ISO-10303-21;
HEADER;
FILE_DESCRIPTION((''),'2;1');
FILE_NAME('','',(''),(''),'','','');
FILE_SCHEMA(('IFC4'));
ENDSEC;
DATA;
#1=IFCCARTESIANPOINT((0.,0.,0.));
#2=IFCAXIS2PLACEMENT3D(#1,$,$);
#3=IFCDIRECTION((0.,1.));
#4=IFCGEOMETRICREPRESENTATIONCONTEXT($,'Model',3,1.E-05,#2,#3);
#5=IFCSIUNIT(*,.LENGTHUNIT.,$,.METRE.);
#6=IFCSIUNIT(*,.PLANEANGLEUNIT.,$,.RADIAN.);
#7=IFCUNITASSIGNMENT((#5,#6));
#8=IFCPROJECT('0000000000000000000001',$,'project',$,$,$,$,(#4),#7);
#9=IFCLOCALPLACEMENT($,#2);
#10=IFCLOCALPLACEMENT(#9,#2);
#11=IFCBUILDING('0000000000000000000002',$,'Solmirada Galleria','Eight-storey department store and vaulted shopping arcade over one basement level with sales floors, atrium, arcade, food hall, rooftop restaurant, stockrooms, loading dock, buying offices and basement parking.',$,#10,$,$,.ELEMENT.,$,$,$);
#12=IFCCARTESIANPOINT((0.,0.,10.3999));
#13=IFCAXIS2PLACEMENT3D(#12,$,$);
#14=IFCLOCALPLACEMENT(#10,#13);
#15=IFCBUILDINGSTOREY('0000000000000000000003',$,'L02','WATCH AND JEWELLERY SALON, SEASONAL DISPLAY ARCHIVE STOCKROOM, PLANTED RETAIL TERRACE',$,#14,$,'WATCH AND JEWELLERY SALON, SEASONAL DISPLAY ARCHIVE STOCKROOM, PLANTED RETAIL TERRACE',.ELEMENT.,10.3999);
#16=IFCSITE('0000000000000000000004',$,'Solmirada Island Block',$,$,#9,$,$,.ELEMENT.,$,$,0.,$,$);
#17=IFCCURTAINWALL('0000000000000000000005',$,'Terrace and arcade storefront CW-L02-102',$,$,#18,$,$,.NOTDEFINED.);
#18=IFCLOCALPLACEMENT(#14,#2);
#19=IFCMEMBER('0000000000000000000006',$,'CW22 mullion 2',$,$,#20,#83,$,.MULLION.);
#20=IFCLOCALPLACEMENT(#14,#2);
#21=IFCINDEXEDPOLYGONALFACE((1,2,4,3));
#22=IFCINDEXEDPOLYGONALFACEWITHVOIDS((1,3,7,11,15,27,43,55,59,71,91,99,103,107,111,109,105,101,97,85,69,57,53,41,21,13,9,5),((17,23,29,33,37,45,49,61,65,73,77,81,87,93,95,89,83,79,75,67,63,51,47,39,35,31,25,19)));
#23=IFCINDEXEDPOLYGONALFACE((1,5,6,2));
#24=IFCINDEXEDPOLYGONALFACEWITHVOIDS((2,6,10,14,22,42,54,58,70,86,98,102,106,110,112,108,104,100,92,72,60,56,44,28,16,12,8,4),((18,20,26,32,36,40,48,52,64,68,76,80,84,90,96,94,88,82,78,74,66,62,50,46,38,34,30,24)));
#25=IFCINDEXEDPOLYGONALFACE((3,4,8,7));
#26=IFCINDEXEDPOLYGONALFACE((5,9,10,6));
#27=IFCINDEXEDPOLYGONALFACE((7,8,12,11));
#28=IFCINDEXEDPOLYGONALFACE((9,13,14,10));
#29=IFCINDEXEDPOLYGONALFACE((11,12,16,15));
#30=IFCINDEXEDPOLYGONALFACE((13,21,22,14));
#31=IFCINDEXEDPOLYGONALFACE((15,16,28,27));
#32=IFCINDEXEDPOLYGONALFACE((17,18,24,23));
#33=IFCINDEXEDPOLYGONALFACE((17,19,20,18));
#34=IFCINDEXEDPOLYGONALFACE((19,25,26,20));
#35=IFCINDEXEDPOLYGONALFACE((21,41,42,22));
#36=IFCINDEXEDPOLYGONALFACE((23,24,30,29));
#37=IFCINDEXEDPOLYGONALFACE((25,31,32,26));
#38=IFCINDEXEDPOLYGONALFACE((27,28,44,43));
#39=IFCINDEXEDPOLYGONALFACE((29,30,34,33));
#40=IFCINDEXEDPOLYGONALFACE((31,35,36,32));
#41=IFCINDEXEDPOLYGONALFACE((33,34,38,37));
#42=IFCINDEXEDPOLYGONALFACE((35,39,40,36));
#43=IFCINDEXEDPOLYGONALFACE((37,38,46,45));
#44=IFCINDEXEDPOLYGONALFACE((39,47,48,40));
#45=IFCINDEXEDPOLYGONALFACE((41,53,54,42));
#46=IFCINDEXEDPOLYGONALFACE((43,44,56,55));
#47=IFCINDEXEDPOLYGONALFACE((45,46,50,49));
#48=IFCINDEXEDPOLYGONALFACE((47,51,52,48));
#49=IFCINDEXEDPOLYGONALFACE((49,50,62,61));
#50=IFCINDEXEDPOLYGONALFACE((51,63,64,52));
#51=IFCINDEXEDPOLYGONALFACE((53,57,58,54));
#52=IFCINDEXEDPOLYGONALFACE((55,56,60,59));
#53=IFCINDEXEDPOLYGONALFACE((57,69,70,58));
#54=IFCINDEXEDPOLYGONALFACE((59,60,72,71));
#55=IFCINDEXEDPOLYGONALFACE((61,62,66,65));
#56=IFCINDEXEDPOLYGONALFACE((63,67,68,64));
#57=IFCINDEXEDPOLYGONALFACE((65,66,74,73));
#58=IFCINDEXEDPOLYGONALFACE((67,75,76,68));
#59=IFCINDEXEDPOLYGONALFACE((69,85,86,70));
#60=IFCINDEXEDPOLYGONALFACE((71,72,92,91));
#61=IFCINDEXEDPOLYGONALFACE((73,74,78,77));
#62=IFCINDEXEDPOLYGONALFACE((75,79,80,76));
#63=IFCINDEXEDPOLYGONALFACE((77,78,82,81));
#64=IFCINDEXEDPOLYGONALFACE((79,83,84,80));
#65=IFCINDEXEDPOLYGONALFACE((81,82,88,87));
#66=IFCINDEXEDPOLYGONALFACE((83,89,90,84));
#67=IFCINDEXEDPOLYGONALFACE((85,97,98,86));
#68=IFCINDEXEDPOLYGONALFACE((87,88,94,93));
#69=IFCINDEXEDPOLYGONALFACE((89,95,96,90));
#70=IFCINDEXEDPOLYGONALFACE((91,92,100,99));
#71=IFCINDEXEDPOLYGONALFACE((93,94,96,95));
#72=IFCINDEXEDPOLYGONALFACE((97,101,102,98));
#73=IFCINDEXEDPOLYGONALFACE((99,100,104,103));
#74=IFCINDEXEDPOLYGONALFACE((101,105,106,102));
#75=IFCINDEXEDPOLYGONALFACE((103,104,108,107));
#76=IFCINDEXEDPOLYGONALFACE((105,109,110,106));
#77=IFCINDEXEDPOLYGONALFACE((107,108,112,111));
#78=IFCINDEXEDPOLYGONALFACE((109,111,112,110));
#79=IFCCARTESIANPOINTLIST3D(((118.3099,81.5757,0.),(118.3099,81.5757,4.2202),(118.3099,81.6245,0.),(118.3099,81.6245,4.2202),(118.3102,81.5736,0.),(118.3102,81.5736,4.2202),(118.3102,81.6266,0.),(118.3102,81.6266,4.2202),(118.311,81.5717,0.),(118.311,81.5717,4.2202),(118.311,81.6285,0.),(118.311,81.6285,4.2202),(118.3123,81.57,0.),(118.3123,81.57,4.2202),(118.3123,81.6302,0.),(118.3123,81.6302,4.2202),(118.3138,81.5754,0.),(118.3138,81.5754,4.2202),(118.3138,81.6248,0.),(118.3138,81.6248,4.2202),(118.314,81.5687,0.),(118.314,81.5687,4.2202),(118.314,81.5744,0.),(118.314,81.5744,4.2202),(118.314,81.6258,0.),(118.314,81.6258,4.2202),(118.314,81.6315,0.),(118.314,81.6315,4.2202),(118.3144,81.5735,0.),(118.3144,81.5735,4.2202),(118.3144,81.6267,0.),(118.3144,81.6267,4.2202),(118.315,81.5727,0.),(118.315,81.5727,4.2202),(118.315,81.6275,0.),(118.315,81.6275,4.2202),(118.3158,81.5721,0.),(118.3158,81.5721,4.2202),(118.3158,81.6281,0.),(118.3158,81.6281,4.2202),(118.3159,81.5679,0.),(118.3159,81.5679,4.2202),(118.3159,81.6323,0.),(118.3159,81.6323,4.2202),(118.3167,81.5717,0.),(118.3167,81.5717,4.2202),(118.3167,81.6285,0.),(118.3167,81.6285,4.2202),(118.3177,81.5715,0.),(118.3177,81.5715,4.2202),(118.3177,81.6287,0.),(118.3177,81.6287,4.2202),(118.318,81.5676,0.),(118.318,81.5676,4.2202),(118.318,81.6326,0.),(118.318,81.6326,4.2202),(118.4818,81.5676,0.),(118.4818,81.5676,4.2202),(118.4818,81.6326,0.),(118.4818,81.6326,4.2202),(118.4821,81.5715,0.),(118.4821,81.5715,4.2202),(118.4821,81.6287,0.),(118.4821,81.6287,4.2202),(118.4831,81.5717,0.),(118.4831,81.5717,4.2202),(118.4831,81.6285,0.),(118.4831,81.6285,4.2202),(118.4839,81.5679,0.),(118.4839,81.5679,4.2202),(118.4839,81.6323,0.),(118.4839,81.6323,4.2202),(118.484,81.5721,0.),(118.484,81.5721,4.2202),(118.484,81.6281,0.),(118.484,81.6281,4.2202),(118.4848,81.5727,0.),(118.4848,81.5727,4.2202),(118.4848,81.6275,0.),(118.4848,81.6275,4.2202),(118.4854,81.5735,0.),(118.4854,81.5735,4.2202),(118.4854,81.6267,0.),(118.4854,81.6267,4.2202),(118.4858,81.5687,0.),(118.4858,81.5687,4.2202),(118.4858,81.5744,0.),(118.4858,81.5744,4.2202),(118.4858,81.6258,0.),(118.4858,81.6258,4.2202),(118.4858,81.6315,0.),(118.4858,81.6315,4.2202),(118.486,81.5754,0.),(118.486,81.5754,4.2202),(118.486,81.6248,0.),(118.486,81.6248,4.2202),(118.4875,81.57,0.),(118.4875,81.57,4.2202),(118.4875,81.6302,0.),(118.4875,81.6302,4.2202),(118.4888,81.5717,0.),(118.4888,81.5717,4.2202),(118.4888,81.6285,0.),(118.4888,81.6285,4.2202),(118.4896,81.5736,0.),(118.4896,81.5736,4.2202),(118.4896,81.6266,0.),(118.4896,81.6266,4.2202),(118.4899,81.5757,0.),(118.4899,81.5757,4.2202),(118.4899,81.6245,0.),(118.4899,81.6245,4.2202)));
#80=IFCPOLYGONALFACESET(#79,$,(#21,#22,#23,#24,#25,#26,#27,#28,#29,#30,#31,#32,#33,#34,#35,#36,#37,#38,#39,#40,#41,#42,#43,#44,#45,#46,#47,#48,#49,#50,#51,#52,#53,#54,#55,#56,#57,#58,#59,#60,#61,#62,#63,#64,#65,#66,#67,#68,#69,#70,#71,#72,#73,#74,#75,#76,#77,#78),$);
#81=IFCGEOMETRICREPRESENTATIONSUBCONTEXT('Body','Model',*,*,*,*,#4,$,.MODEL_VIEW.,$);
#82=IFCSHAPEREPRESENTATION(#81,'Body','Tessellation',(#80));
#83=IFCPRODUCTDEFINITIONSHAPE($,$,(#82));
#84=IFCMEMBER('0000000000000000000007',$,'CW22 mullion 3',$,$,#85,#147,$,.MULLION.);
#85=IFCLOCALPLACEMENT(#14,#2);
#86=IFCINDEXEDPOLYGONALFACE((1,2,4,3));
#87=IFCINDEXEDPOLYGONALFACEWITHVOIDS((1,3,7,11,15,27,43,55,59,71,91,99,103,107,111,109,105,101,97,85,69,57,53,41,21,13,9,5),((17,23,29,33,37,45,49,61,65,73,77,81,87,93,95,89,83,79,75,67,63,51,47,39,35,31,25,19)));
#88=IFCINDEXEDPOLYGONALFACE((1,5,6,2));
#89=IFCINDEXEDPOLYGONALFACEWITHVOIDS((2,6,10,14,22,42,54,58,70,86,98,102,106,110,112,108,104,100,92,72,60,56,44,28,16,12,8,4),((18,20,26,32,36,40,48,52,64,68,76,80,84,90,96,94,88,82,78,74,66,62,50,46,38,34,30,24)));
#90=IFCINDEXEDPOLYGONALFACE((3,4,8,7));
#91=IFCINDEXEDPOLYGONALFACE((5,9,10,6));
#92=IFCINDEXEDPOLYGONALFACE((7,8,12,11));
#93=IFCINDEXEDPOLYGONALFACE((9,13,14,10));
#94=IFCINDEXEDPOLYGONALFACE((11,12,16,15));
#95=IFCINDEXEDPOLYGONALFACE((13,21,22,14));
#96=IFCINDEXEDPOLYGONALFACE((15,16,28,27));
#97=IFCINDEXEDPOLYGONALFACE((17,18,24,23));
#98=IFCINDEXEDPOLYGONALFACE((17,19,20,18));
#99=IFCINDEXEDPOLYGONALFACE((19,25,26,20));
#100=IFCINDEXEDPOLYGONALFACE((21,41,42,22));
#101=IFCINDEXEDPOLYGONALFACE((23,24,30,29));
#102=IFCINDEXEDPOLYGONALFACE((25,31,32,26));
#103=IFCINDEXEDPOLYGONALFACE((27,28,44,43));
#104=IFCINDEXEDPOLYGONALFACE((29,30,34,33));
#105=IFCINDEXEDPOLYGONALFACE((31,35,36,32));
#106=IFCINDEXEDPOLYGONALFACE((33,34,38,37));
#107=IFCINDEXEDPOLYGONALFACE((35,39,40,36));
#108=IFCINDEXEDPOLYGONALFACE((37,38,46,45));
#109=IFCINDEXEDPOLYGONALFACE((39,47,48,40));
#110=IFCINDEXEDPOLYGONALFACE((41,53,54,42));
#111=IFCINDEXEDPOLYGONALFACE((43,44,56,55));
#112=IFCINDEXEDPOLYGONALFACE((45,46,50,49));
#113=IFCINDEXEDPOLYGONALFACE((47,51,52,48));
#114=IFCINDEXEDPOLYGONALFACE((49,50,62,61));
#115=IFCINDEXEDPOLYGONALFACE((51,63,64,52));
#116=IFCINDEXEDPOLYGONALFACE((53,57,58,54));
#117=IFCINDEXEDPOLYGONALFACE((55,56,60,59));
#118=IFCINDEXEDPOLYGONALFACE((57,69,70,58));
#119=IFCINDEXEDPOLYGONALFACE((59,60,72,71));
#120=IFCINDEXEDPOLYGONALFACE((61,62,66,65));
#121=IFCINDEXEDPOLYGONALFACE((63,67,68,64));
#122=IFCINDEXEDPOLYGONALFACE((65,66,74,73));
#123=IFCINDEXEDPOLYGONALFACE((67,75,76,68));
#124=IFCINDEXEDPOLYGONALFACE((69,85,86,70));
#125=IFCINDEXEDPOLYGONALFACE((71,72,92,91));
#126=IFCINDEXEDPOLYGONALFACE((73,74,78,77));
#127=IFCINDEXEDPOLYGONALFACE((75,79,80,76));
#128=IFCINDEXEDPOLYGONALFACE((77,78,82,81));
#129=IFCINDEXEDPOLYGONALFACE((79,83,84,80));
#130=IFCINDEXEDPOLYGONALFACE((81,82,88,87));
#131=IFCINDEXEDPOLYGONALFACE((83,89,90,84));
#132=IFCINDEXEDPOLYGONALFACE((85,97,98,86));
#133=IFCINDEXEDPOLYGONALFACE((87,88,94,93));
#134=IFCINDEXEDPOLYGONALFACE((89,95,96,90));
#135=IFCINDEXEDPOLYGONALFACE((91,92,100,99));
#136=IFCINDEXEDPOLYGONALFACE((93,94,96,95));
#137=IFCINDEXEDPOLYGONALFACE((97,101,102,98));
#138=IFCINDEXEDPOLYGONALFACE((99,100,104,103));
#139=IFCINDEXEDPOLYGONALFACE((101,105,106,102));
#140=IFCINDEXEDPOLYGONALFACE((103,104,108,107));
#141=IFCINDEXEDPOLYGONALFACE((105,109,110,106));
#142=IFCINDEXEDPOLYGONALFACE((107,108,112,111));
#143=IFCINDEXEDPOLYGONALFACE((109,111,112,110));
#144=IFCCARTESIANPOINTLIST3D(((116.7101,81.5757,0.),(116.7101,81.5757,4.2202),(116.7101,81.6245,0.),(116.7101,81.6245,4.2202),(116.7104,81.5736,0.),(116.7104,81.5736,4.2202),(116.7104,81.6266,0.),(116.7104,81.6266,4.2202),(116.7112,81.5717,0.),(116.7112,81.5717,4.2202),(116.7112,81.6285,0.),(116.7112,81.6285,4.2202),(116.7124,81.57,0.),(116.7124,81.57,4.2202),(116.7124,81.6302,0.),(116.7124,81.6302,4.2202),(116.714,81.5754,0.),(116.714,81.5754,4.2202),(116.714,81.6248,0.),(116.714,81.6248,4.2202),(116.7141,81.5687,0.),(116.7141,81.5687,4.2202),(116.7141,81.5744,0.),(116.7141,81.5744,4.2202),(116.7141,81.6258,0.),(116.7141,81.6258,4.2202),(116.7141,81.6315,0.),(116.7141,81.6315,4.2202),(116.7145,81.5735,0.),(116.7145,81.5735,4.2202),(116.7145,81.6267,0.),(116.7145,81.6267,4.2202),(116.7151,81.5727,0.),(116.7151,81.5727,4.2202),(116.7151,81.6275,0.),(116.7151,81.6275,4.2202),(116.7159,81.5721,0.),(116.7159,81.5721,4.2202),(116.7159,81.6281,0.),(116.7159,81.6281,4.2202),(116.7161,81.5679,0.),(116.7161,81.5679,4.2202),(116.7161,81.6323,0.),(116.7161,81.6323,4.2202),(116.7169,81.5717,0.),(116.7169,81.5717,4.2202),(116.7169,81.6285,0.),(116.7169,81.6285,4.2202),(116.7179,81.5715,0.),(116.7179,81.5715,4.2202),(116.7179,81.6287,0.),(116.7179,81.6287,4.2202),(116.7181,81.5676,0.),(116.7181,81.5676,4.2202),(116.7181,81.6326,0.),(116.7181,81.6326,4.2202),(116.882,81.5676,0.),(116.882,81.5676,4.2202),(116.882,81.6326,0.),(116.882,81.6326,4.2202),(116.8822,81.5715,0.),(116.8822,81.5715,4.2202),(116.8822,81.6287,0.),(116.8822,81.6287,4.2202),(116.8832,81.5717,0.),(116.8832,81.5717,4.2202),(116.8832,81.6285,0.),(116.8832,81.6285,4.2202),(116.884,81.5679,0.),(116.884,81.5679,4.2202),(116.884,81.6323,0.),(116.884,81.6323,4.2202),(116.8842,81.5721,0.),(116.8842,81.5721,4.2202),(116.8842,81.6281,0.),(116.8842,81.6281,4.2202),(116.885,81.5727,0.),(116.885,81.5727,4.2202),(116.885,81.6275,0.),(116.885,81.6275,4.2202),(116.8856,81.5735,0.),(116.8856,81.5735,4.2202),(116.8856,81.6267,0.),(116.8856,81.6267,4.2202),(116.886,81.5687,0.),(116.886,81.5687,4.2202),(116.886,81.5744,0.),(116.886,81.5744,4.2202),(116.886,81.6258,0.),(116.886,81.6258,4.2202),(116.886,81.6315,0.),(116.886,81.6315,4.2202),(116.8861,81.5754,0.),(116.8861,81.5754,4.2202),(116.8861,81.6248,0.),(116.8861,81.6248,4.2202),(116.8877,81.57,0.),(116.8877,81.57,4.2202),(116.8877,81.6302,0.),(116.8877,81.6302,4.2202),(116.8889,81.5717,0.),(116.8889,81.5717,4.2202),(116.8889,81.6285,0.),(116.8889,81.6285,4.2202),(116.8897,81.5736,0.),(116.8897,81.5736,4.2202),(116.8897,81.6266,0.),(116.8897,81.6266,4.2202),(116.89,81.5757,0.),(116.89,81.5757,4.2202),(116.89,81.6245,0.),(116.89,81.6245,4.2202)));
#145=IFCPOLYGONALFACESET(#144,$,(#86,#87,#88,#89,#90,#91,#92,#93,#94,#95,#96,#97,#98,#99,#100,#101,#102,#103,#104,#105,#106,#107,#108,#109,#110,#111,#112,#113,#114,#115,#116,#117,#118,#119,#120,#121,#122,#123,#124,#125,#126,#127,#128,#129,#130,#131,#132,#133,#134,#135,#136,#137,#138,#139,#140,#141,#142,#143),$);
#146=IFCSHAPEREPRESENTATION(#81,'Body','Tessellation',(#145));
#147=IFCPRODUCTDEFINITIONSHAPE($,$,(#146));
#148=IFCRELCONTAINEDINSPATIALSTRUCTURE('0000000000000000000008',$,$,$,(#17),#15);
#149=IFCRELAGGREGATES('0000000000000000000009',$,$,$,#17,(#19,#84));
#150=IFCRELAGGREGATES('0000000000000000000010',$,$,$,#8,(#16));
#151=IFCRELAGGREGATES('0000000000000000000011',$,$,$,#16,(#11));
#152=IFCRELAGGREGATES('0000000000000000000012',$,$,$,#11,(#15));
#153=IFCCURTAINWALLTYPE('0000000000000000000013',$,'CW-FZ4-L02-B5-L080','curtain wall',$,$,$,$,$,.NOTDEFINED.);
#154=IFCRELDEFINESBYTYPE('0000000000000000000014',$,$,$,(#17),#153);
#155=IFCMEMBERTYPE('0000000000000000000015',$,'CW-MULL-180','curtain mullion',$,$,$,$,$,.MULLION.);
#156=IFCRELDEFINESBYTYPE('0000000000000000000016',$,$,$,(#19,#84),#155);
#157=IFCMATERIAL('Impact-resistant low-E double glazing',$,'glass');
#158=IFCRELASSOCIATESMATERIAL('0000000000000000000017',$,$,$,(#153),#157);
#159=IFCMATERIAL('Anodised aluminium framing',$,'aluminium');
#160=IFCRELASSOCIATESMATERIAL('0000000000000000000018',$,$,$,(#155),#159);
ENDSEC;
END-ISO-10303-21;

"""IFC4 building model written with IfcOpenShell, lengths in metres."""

from ifc_helpers import new_model, si_unit, direction, frame, origin, origin_2d, place, context, subcontext, project, spatial, hollow_rectangle, extrude, material, material_profile, profile_set, type_object, element, aggregate, save


model = new_model("IFC4")

# Units and contexts
model_context = context("Model", 3, precision=1e-05, world=origin(), true_north=direction((0.0, 1.0)))
body_context = subcontext(model_context, "Body", "Model", "MODEL_VIEW")
ifc_project = project(units=[si_unit("LENGTHUNIT", "METRE"), si_unit("PLANEANGLEUNIT", "RADIAN")], contexts=[model_context])

# Site, building, storey
site_placement = place(None, origin())
site = spatial("IfcSite", under=ifc_project, at=site_placement, Name="Solmirada Island Block", CompositionType="ELEMENT", RefElevation=0.0)
building_placement = place(site_placement, origin())
building = spatial("IfcBuilding", under=site, at=building_placement, Name="Solmirada Galleria", Description="Eight-storey department store and vaulted shopping arcade over one basement level with sales floors, atrium, arcade, food hall, rooftop restaurant, stockrooms, loading dock, buying offices and basement parking.", CompositionType="ELEMENT")
storey_placement = place(building_placement, frame((0.0, 0.0, 10.3999)))
storey = spatial("IfcBuildingStorey", under=building, at=storey_placement, Name="L02", Description="WATCH AND JEWELLERY SALON, SEASONAL DISPLAY ARCHIVE STOCKROOM, PLANTED RETAIL TERRACE", LongName="WATCH AND JEWELLERY SALON, SEASONAL DISPLAY ARCHIVE STOCKROOM, PLANTED RETAIL TERRACE", CompositionType="ELEMENT", Elevation=10.3999)

# Curtain wall, members
ifc_material_1 = material(Name="Impact-resistant low-E double glazing", Category="glass")
curtain_wall_type = type_object("IfcCurtainWallType", Name="CW-FZ4-L02-B5-L080", Description="curtain wall", PredefinedType="NOTDEFINED", material=ifc_material_1)
curtain_wall_placement = place(storey_placement, origin())
curtain_wall = element("IfcCurtainWall", 1, at=curtain_wall_placement, inside=storey, type_object=curtain_wall_type, Name="Terrace and arcade storefront CW-L02-102", PredefinedType="NOTDEFINED")
ifc_material_2 = material(Name="Anodised aluminium framing", Category="aluminium")
ifc_material_profile_1 = material_profile(ifc_material_2, hollow_rectangle(XDim=0.0649, YDim=0.1799, WallThickness=0.0039, InnerFilletRadius=0.0039, OuterFilletRadius=0.0081, at=origin_2d()), Name="ALU-MULL-180X65")
ifc_profile_set_1 = profile_set([ifc_material_profile_1], Name="Anodised aluminium framing")
member_type_1 = type_object("IfcMemberType", Name="CW-MULL-180", Description="curtain mullion", PredefinedType="MULLION", material=ifc_profile_set_1)
member_1_placement = place(storey_placement, frame((118.3999, 81.6001, 0.0), z_axis=(0.0, 0.0, 1.0), x_axis=(0.0, -1.0, 0.0)))
member_1 = element("IfcMember", 2, at=member_1_placement, type_object=member_type_1, Name="CW22 mullion 2", PredefinedType="MULLION", context=body_context, shape_type="SweptSolid", body=[
    extrude(hollow_rectangle(XDim=0.0649, YDim=0.1799, WallThickness=0.0039, InnerFilletRadius=0.0039, OuterFilletRadius=0.0081, at=origin_2d()), origin(), (0.0, 0.0, 1.0), 4.2202),
])
member_2_placement = place(storey_placement, frame((116.8, 81.6001, 0.0), z_axis=(0.0, 0.0, 1.0), x_axis=(0.0, -1.0, 0.0)))
member_2 = element("IfcMember", 3, at=member_2_placement, type_object=member_type_1, Name="CW22 mullion 3", PredefinedType="MULLION", context=body_context, shape_type="SweptSolid", body=[
    extrude(hollow_rectangle(XDim=0.0649, YDim=0.1799, WallThickness=0.0039, InnerFilletRadius=0.0039, OuterFilletRadius=0.0081, at=origin_2d()), origin(), (0.0, 0.0, 1.0), 4.2202),
])
aggregate(curtain_wall, [member_1, member_2])

save(model, "model.ifc")
